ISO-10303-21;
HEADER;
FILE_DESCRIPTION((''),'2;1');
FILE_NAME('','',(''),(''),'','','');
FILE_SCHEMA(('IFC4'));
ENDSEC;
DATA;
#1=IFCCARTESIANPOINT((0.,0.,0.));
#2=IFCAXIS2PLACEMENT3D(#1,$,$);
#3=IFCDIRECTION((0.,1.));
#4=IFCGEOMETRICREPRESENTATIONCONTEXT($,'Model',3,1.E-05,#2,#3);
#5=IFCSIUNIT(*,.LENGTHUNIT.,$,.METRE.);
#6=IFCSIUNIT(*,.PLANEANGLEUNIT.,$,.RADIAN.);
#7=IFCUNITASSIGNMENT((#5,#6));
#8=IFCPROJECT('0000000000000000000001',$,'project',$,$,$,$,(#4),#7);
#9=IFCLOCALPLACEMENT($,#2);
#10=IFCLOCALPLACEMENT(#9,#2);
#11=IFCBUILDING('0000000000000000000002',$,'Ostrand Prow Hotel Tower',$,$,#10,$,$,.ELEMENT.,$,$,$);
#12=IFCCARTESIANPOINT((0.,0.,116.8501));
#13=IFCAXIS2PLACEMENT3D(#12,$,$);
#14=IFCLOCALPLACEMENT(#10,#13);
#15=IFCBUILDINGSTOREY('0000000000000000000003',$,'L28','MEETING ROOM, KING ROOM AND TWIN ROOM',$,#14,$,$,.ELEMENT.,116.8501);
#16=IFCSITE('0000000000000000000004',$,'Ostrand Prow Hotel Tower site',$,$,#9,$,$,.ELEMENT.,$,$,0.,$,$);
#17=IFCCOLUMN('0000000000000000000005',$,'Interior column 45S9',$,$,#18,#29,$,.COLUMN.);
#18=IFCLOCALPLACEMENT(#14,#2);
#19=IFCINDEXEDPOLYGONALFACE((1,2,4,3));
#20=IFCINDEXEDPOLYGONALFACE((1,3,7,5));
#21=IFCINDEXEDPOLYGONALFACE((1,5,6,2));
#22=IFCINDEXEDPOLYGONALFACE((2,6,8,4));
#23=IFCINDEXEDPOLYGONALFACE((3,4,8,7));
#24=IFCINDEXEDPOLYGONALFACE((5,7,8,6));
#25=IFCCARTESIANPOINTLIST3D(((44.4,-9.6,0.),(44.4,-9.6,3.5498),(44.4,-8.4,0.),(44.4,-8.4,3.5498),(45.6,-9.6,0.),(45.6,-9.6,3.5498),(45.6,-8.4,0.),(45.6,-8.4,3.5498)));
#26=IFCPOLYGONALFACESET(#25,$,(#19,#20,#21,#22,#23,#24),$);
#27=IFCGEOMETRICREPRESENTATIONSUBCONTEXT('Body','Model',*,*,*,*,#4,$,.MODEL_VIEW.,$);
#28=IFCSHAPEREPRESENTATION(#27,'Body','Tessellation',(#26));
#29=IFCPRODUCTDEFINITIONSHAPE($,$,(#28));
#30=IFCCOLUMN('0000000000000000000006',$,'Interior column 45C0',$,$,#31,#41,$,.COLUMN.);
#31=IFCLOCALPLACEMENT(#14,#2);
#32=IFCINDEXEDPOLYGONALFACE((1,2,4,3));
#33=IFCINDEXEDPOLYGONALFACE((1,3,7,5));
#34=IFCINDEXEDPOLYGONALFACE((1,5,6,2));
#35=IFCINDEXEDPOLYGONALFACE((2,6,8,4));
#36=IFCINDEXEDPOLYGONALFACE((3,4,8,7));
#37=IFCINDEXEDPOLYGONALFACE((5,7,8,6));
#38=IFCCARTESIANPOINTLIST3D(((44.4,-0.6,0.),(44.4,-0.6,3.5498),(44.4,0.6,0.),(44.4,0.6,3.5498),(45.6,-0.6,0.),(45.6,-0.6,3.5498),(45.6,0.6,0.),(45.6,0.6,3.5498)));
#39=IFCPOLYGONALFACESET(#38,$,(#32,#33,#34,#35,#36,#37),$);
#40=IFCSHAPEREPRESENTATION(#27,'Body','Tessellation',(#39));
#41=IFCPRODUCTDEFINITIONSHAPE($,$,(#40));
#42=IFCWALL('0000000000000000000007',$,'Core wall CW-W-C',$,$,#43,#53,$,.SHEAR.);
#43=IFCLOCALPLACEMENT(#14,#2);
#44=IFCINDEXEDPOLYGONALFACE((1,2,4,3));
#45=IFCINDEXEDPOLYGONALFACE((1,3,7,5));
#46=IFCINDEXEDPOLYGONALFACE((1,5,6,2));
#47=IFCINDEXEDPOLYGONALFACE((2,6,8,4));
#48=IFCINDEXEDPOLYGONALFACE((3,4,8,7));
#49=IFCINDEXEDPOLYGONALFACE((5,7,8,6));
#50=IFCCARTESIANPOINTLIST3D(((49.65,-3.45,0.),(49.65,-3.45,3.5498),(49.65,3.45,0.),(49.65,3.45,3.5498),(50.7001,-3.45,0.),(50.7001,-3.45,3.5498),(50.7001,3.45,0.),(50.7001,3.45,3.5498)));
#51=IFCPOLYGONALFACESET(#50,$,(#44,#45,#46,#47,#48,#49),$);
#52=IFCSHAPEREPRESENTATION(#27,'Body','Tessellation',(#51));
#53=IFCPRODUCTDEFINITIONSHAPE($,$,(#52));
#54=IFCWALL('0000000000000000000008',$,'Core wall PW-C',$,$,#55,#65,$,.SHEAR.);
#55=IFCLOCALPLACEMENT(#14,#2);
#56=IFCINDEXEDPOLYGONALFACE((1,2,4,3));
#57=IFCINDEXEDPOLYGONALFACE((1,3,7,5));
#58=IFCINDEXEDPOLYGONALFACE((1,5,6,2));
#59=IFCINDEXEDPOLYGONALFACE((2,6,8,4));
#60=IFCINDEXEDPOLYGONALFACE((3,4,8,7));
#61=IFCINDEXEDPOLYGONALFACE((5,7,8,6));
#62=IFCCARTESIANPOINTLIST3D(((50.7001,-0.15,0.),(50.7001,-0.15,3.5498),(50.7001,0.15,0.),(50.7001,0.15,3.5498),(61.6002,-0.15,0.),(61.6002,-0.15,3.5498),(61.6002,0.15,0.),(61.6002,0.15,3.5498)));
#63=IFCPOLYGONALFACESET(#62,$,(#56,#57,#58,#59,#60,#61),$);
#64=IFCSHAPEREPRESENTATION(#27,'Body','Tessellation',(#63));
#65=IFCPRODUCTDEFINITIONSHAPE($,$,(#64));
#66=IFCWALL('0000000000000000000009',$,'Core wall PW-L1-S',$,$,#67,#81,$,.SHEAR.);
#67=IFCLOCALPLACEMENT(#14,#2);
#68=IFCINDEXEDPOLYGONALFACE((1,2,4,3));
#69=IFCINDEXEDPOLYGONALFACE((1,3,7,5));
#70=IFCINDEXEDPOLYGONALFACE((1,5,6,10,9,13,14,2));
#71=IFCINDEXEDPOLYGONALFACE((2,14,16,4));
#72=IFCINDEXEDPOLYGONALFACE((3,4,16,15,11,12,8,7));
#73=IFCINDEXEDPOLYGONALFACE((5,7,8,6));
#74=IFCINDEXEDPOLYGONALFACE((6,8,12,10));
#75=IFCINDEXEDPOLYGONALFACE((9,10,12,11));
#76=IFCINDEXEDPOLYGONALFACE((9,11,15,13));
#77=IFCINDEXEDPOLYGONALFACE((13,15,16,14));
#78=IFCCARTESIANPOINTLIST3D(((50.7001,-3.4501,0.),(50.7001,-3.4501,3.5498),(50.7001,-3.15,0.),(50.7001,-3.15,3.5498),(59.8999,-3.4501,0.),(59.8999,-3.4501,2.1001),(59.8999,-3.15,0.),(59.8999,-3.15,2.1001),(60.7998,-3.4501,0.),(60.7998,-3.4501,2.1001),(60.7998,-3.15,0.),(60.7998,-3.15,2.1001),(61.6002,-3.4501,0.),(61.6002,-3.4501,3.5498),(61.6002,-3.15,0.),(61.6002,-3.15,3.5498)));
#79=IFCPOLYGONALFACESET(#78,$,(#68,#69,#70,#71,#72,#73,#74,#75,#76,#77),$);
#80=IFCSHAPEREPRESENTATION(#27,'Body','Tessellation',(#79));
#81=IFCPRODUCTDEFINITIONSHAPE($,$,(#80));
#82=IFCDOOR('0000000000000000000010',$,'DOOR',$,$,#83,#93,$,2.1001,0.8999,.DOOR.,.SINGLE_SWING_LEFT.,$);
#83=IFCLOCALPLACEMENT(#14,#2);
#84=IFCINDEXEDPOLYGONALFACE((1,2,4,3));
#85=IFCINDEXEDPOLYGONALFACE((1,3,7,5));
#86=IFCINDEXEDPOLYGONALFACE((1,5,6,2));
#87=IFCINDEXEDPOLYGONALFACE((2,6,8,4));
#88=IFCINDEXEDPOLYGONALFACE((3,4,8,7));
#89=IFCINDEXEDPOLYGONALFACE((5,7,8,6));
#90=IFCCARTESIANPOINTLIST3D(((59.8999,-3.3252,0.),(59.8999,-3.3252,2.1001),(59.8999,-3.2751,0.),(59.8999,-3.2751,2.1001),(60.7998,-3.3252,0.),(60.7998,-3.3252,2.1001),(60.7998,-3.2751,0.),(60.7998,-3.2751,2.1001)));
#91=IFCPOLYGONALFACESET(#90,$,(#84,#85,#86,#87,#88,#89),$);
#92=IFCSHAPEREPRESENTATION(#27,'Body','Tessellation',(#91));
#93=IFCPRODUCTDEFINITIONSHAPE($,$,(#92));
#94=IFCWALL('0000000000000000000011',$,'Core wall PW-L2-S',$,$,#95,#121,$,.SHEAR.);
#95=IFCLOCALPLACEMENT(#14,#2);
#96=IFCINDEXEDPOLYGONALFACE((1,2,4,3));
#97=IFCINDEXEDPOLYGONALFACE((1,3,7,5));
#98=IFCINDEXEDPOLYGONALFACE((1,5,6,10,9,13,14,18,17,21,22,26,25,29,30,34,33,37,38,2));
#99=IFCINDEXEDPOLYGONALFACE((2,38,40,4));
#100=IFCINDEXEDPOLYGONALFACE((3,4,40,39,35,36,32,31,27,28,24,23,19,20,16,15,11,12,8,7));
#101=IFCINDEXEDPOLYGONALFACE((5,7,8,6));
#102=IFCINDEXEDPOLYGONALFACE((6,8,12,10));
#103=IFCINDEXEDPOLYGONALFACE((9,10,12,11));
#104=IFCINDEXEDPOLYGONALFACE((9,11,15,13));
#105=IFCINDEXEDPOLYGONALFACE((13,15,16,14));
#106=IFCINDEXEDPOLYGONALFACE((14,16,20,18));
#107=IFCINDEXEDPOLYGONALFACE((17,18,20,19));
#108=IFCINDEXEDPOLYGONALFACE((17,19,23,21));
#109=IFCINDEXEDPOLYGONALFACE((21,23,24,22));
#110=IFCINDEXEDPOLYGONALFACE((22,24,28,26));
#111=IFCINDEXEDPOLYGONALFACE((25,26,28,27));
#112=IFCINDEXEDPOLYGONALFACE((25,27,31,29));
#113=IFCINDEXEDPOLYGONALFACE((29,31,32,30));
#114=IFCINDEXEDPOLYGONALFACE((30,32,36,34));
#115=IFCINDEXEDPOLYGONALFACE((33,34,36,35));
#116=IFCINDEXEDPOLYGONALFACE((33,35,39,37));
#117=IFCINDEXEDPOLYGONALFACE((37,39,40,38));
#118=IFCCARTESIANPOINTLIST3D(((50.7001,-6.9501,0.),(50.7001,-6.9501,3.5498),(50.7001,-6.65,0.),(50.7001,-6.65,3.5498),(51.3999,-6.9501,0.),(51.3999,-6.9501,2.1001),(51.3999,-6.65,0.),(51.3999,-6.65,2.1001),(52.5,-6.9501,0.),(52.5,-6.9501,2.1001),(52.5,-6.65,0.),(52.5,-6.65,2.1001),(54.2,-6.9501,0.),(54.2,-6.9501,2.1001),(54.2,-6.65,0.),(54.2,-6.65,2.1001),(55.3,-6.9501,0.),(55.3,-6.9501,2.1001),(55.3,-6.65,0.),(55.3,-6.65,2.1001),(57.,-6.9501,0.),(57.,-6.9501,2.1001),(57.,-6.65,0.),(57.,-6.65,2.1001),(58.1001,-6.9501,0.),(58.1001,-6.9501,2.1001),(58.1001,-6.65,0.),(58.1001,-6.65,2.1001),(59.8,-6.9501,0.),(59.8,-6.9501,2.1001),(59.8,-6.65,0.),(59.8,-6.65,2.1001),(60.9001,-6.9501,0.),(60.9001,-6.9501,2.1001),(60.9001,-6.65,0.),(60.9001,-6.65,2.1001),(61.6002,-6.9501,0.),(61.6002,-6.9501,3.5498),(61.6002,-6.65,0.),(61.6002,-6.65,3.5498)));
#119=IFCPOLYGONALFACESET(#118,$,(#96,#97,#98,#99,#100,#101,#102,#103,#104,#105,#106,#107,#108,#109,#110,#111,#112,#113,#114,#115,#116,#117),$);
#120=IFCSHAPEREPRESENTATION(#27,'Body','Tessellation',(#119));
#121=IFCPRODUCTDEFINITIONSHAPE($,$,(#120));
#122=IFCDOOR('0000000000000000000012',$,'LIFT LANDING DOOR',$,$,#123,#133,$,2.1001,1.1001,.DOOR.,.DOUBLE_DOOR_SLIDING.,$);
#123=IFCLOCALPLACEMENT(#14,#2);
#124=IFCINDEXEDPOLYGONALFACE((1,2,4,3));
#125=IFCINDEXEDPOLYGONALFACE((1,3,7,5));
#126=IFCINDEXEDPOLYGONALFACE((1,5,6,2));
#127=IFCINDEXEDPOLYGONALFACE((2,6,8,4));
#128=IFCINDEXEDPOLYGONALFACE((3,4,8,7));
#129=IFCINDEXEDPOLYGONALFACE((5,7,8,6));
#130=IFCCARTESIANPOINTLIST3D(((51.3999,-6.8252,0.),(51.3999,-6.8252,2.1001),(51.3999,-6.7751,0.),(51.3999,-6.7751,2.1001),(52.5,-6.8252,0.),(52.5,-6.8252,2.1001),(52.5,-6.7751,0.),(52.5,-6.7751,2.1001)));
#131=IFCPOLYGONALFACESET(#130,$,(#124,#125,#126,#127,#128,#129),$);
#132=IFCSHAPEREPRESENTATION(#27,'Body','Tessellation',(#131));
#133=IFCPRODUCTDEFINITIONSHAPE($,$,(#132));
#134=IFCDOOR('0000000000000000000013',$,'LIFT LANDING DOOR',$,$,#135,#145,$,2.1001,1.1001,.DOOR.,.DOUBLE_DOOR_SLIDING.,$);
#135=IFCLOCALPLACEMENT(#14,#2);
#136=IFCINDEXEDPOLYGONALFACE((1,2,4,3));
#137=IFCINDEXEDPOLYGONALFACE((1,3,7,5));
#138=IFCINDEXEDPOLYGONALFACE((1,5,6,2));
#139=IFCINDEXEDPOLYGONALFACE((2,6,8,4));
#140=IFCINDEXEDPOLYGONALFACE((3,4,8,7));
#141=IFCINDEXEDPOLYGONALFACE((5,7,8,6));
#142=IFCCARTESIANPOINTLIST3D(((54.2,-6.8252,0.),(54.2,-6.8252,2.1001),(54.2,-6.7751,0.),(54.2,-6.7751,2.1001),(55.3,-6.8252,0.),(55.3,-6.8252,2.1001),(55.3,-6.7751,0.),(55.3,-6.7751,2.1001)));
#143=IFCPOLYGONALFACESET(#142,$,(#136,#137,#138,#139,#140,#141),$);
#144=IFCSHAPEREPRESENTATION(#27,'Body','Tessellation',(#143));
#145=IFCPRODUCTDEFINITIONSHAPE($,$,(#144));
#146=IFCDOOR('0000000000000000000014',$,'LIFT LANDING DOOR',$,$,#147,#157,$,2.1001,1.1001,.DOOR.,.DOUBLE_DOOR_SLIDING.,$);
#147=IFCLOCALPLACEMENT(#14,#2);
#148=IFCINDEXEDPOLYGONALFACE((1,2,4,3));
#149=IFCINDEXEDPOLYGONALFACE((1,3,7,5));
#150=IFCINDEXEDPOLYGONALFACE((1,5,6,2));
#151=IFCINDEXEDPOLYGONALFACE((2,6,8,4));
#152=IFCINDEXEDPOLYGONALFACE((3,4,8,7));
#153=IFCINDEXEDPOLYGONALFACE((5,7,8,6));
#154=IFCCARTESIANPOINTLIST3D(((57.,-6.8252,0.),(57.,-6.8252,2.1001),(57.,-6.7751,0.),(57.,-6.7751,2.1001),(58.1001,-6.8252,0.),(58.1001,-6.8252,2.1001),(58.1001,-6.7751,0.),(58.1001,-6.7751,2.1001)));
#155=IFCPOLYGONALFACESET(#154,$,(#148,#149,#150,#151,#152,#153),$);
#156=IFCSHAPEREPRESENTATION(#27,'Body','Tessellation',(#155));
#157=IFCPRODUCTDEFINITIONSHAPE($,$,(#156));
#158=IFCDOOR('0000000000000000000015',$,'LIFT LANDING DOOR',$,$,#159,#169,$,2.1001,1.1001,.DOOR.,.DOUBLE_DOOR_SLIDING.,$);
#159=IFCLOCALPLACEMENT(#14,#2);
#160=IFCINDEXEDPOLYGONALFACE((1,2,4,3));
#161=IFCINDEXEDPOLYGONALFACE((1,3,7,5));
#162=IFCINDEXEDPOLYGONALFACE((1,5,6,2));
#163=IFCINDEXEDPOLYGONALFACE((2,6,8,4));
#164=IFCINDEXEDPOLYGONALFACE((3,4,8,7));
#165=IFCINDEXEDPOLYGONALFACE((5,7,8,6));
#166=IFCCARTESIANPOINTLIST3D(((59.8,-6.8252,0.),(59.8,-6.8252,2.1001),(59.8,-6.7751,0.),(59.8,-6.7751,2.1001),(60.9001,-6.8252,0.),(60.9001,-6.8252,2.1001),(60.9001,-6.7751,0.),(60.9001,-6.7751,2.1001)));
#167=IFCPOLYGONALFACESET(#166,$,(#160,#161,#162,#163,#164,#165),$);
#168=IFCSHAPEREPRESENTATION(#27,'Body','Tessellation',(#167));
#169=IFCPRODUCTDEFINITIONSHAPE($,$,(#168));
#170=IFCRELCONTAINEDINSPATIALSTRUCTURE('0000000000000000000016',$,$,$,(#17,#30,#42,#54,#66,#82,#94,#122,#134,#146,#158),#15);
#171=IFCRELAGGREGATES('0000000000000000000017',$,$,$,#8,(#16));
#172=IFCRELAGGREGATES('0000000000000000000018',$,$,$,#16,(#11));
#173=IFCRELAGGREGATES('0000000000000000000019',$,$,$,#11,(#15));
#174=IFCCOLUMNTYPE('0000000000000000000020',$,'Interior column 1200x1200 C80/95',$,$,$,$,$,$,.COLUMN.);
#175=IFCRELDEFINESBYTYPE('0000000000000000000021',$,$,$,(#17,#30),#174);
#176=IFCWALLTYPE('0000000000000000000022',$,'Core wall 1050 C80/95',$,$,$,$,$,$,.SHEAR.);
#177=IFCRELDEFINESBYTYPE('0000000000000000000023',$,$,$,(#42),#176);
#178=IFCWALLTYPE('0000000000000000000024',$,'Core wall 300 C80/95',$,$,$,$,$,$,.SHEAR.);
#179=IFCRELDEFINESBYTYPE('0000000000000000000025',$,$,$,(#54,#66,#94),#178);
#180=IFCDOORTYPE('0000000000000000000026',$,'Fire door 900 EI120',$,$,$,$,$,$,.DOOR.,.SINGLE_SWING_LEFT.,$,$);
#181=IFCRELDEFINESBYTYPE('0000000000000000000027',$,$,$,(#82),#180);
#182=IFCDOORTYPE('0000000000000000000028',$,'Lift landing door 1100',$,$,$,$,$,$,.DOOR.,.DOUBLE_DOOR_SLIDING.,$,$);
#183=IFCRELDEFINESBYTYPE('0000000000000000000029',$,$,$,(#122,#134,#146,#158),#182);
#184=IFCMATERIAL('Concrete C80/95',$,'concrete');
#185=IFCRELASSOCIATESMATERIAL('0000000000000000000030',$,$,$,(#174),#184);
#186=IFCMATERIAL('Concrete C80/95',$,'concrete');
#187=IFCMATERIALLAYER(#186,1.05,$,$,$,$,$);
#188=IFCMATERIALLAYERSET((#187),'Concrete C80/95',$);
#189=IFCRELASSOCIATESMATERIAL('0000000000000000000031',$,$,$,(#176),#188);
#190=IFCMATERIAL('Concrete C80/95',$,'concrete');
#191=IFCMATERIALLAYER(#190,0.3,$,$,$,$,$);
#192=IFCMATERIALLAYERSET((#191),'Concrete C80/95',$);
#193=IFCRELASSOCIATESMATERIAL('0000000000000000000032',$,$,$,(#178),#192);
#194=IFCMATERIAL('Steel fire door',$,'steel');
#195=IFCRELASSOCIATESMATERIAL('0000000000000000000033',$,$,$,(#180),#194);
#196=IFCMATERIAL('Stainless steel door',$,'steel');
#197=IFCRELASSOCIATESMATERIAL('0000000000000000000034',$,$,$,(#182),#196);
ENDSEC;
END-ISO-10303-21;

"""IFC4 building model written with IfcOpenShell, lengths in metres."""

from ifc_helpers import new_model, si_unit, direction, frame, frame_2d, origin, origin_2d, place, context, subcontext, project, spatial, rectangle, extrude, material, layer, layer_set, material_profile, profile_set, type_object, element, fill, save


model = new_model("IFC4")

# Units and contexts
model_context = context("Model", 3, precision=1e-05, world=origin(), true_north=direction((0.0, 1.0)))
body_context = subcontext(model_context, "Body", "Model", "MODEL_VIEW")
ifc_project = project(units=[si_unit("LENGTHUNIT", "METRE"), si_unit("PLANEANGLEUNIT", "RADIAN")], contexts=[model_context])

# Site, building, storey
site_placement = place(None, origin())
site = spatial("IfcSite", under=ifc_project, at=site_placement, Name="Ostrand Prow Hotel Tower site", CompositionType="ELEMENT", RefElevation=0.0)
building_placement = place(site_placement, origin())
building = spatial("IfcBuilding", under=site, at=building_placement, Name="Ostrand Prow Hotel Tower", CompositionType="ELEMENT")
storey_placement = place(building_placement, frame((0.0, 0.0, 116.8501)))
storey = spatial("IfcBuildingStorey", under=building, at=storey_placement, Name="L28", Description="MEETING ROOM, KING ROOM AND TWIN ROOM", CompositionType="ELEMENT", Elevation=116.8501)

# Columns
ifc_material_1 = material(Name="Concrete C80/95", Category="concrete")
ifc_material_profile = material_profile(ifc_material_1, rectangle(XDim=1.2, YDim=1.2, at=origin_2d()), Name="RC 1200x1200")
ifc_profile_set = profile_set([ifc_material_profile], Name="Concrete C80/95")
column_type = type_object("IfcColumnType", Name="Interior column 1200x1200 C80/95", PredefinedType="COLUMN", material=ifc_profile_set)
for number, where, z_axis, x_axis, name in (
    (1, (45.0, -9.0, 0.0), (0.0, 0.0, 1.0), (1.0, 0.0, 0.0), "Interior column 45S9"),
    (2, (45.0, 0.0, 0.0), (0.0, 0.0, 1.0), (1.0, 0.0, 0.0), "Interior column 45C0"),
):
    element("IfcColumn", number, at=place(storey_placement, frame(where, z_axis=z_axis, x_axis=x_axis)), inside=storey, type_object=column_type, Name=name, PredefinedType="COLUMN", context=body_context, shape_type="SweptSolid", body=[
        extrude(rectangle(XDim=1.2, YDim=1.2, at=origin_2d()), origin(), (0.0, 0.0, 1.0), 3.5498),
    ])

# Walls
ifc_material_2 = material(Name="Concrete C80/95", Category="concrete")
ifc_layer_1 = layer(ifc_material_2, 1.05)
ifc_layer_set_1 = layer_set([ifc_layer_1], Name="Concrete C80/95")
wall_type_1 = type_object("IfcWallType", Name="Core wall 1050 C80/95", PredefinedType="SHEAR", material=ifc_layer_set_1)
wall_1_placement = place(storey_placement, frame((50.175, -3.45, 0.0), z_axis=(0.0, 0.0, 1.0), x_axis=(0.0, 1.0, 0.0)))
element("IfcWall", 3, at=wall_1_placement, inside=storey, type_object=wall_type_1, Name="Core wall CW-W-C", PredefinedType="SHEAR", context=body_context, shape_type="SweptSolid", body=[
    extrude(rectangle(XDim=6.8999, YDim=1.05, at=frame_2d((3.45, 0.0))), origin(), (0.0, 0.0, 1.0), 3.5498),
])
ifc_material_3 = material(Name="Concrete C80/95", Category="concrete")
ifc_layer_2 = layer(ifc_material_3, 0.3)
ifc_layer_set_2 = layer_set([ifc_layer_2], Name="Concrete C80/95")
wall_type_2 = type_object("IfcWallType", Name="Core wall 300 C80/95", PredefinedType="SHEAR", material=ifc_layer_set_2)
wall_2_placement = place(storey_placement, frame((50.7, 0.0, 0.0), z_axis=(0.0, 0.0, 1.0), x_axis=(1.0, 0.0, 0.0)))
element("IfcWall", 4, at=wall_2_placement, inside=storey, type_object=wall_type_2, Name="Core wall PW-C", PredefinedType="SHEAR", context=body_context, shape_type="SweptSolid", body=[
    extrude(rectangle(XDim=10.9001, YDim=0.3, at=frame_2d((5.4502, 0.0))), origin(), (0.0, 0.0, 1.0), 3.5498),
])

# Wall, opening, door
wall_3_placement = place(storey_placement, frame((50.7, -3.3, 0.0), z_axis=(0.0, 0.0, 1.0), x_axis=(1.0, 0.0, 0.0)))
wall_3 = element("IfcWall", 5, at=wall_3_placement, inside=storey, type_object=wall_type_2, Name="Core wall PW-L1-S", PredefinedType="SHEAR", context=body_context, shape_type="SweptSolid", body=[
    extrude(rectangle(XDim=10.9001, YDim=0.3, at=frame_2d((5.4502, 0.0))), origin(), (0.0, 0.0, 1.0), 3.5498),
])
opening_1_placement = place(wall_3_placement, frame((9.2, 0.0, 0.0)))
opening_1 = element("IfcOpeningElement", 6, at=opening_1_placement, cuts=wall_3, PredefinedType="OPENING", context=body_context, shape_type="SweptSolid", body=[
    extrude(rectangle(XDim=0.8999, YDim=2.1001, at=frame_2d((0.45, 1.05))), frame((0.0, 0.1599, 0.0), z_axis=(0.0, -1.0, 0.0), x_axis=(1.0, 0.0, 0.0)), (0.0, 0.0, 1.0), 0.3201),
])
ifc_material_4 = material(Name="Steel fire door", Category="steel")
door_type_1 = type_object("IfcDoorType", Name="Fire door 900 EI120", OperationType="SINGLE_SWING_LEFT", PredefinedType="DOOR", material=ifc_material_4)
door_1_placement = place(opening_1_placement, origin())
door_1 = element("IfcDoor", 7, at=door_1_placement, inside=storey, type_object=door_type_1, Name="DOOR", OperationType="SINGLE_SWING_LEFT", OverallHeight=2.1001, OverallWidth=0.8999, PredefinedType="DOOR", context=body_context, shape_type="SweptSolid", body=[
    extrude(rectangle(XDim=0.8999, YDim=2.1001, at=frame_2d((0.45, 1.05))), frame((0.0, 0.0249, 0.0), z_axis=(0.0, -1.0, 0.0), x_axis=(1.0, 0.0, 0.0)), (0.0, 0.0, 1.0), 0.05),
])
fill(opening_1, door_1)

# Wall, openings, doors
wall_4_placement = place(storey_placement, frame((50.7, -6.8, 0.0), z_axis=(0.0, 0.0, 1.0), x_axis=(1.0, 0.0, 0.0)))
wall_4 = element("IfcWall", 8, at=wall_4_placement, inside=storey, type_object=wall_type_2, Name="Core wall PW-L2-S", PredefinedType="SHEAR", context=body_context, shape_type="SweptSolid", body=[
    extrude(rectangle(XDim=10.9001, YDim=0.3, at=frame_2d((5.4502, 0.0))), origin(), (0.0, 0.0, 1.0), 3.5498),
])
opening_2_placement = place(wall_4_placement, frame((0.7, 0.0, 0.0)))
opening_2 = element("IfcOpeningElement", 9, at=opening_2_placement, cuts=wall_4, PredefinedType="OPENING", context=body_context, shape_type="SweptSolid", body=[
    extrude(rectangle(XDim=1.1001, YDim=2.1001, at=frame_2d((0.55, 1.05))), frame((0.0, 0.1599, 0.0), z_axis=(0.0, -1.0, 0.0), x_axis=(1.0, 0.0, 0.0)), (0.0, 0.0, 1.0), 0.3201),
])
opening_3_placement = place(wall_4_placement, frame((3.5, 0.0, 0.0)))
opening_3 = element("IfcOpeningElement", 10, at=opening_3_placement, cuts=wall_4, PredefinedType="OPENING", context=body_context, shape_type="SweptSolid", body=[
    extrude(rectangle(XDim=1.1001, YDim=2.1001, at=frame_2d((0.55, 1.05))), frame((0.0, 0.1599, 0.0), z_axis=(0.0, -1.0, 0.0), x_axis=(1.0, 0.0, 0.0)), (0.0, 0.0, 1.0), 0.3201),
])
opening_4_placement = place(wall_4_placement, frame((6.3, 0.0, 0.0)))
opening_4 = element("IfcOpeningElement", 11, at=opening_4_placement, cuts=wall_4, PredefinedType="OPENING", context=body_context, shape_type="SweptSolid", body=[
    extrude(rectangle(XDim=1.1001, YDim=2.1001, at=frame_2d((0.55, 1.05))), frame((0.0, 0.1599, 0.0), z_axis=(0.0, -1.0, 0.0), x_axis=(1.0, 0.0, 0.0)), (0.0, 0.0, 1.0), 0.3201),
])
opening_5_placement = place(wall_4_placement, frame((9.1001, 0.0, 0.0)))
opening_5 = element("IfcOpeningElement", 12, at=opening_5_placement, cuts=wall_4, PredefinedType="OPENING", context=body_context, shape_type="SweptSolid", body=[
    extrude(rectangle(XDim=1.1001, YDim=2.1001, at=frame_2d((0.55, 1.05))), frame((0.0, 0.1599, 0.0), z_axis=(0.0, -1.0, 0.0), x_axis=(1.0, 0.0, 0.0)), (0.0, 0.0, 1.0), 0.3201),
])
ifc_material_5 = material(Name="Stainless steel door", Category="steel")
door_type_2 = type_object("IfcDoorType", Name="Lift landing door 1100", OperationType="DOUBLE_DOOR_SLIDING", PredefinedType="DOOR", material=ifc_material_5)
door_2_placement = place(opening_2_placement, origin())
door_2 = element("IfcDoor", 13, at=door_2_placement, inside=storey, type_object=door_type_2, Name="LIFT LANDING DOOR", OperationType="DOUBLE_DOOR_SLIDING", OverallHeight=2.1001, OverallWidth=1.1001, PredefinedType="DOOR", context=body_context, shape_type="SweptSolid", body=[
    extrude(rectangle(XDim=1.1001, YDim=2.1001, at=frame_2d((0.55, 1.05))), frame((0.0, 0.0249, 0.0), z_axis=(0.0, -1.0, 0.0), x_axis=(1.0, 0.0, 0.0)), (0.0, 0.0, 1.0), 0.05),
])
fill(opening_2, door_2)
door_3_placement = place(opening_3_placement, origin())
door_3 = element("IfcDoor", 14, at=door_3_placement, inside=storey, type_object=door_type_2, Name="LIFT LANDING DOOR", OperationType="DOUBLE_DOOR_SLIDING", OverallHeight=2.1001, OverallWidth=1.1001, PredefinedType="DOOR", context=body_context, shape_type="SweptSolid", body=[
    extrude(rectangle(XDim=1.1001, YDim=2.1001, at=frame_2d((0.55, 1.05))), frame((0.0, 0.0249, 0.0), z_axis=(0.0, -1.0, 0.0), x_axis=(1.0, 0.0, 0.0)), (0.0, 0.0, 1.0), 0.05),
])
fill(opening_3, door_3)
door_4_placement = place(opening_4_placement, origin())
door_4 = element("IfcDoor", 15, at=door_4_placement, inside=storey, type_object=door_type_2, Name="LIFT LANDING DOOR", OperationType="DOUBLE_DOOR_SLIDING", OverallHeight=2.1001, OverallWidth=1.1001, PredefinedType="DOOR", context=body_context, shape_type="SweptSolid", body=[
    extrude(rectangle(XDim=1.1001, YDim=2.1001, at=frame_2d((0.55, 1.05))), frame((0.0, 0.0249, 0.0), z_axis=(0.0, -1.0, 0.0), x_axis=(1.0, 0.0, 0.0)), (0.0, 0.0, 1.0), 0.05),
])
fill(opening_4, door_4)
door_5_placement = place(opening_5_placement, origin())
door_5 = element("IfcDoor", 16, at=door_5_placement, inside=storey, type_object=door_type_2, Name="LIFT LANDING DOOR", OperationType="DOUBLE_DOOR_SLIDING", OverallHeight=2.1001, OverallWidth=1.1001, PredefinedType="DOOR", context=body_context, shape_type="SweptSolid", body=[
    extrude(rectangle(XDim=1.1001, YDim=2.1001, at=frame_2d((0.55, 1.05))), frame((0.0, 0.0249, 0.0), z_axis=(0.0, -1.0, 0.0), x_axis=(1.0, 0.0, 0.0)), (0.0, 0.0, 1.0), 0.05),
])
fill(opening_5, door_5)

save(model, "model.ifc")
